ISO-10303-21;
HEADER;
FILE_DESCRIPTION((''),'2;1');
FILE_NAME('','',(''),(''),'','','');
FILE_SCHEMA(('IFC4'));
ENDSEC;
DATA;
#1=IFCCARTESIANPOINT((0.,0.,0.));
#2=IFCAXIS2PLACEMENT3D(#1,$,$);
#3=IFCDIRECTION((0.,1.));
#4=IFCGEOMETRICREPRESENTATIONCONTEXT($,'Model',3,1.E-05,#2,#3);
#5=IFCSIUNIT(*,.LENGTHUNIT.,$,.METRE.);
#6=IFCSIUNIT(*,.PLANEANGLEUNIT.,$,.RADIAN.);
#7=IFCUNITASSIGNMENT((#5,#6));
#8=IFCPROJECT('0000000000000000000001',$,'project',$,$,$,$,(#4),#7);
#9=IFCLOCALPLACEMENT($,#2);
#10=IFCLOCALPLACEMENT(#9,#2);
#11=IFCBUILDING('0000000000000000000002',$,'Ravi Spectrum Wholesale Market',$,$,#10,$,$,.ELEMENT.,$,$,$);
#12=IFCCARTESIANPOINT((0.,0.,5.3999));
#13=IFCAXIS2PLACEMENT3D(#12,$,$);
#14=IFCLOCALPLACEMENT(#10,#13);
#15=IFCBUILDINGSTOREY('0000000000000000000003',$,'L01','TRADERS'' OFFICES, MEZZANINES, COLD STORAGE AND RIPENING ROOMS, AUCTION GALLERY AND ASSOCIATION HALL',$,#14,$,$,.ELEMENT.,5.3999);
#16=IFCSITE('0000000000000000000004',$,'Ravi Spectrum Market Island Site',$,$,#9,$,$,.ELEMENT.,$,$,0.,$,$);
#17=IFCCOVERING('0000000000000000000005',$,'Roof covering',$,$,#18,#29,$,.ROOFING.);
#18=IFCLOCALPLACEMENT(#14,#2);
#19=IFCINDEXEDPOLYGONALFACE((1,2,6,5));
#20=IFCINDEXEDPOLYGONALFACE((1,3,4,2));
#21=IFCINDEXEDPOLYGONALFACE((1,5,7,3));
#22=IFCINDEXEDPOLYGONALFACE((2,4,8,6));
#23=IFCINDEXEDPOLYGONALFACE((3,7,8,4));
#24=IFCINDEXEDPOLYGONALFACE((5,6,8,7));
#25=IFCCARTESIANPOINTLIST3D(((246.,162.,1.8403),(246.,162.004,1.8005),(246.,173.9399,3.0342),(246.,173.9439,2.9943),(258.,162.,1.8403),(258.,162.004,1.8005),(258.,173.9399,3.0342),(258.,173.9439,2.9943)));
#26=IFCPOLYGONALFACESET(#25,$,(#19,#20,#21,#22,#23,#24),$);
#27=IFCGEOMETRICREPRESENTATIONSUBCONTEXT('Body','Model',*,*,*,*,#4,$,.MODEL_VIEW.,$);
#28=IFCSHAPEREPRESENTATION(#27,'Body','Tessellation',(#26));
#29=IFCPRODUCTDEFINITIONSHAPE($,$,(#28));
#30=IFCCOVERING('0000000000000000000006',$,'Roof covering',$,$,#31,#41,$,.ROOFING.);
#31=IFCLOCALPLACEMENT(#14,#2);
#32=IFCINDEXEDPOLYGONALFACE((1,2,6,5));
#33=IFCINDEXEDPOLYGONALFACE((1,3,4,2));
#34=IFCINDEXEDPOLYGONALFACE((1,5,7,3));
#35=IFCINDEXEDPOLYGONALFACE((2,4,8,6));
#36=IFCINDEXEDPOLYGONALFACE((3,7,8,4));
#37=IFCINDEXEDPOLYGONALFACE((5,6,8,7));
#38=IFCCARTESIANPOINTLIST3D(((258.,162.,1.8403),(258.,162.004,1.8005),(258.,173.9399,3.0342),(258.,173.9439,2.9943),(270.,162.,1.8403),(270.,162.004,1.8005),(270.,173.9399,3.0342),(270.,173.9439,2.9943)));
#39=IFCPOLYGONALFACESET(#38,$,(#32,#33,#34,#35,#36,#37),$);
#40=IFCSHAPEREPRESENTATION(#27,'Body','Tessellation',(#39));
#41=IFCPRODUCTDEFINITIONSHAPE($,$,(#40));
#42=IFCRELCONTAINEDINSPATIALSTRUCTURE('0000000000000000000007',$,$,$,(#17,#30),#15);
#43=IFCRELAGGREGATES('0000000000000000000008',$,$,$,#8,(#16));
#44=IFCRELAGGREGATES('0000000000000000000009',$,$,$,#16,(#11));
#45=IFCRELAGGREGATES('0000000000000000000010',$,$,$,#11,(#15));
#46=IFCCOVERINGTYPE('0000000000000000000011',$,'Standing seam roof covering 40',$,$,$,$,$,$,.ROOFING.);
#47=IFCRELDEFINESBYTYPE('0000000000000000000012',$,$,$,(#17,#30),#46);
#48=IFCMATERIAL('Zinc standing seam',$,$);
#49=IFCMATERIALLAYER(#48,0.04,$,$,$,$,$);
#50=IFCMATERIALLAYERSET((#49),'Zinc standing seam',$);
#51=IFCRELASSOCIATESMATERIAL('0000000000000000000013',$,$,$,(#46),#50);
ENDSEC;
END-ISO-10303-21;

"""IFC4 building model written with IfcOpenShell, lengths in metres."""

from ifc_helpers import new_model, si_unit, direction, frame, origin, place, context, subcontext, project, spatial, polyline, outline, extrude, material, layer, layer_set, type_object, element, save


model = new_model("IFC4")

# Units and contexts
model_context = context("Model", 3, precision=1e-05, world=origin(), true_north=direction((0.0, 1.0)))
body_context = subcontext(model_context, "Body", "Model", "MODEL_VIEW")
ifc_project = project(units=[si_unit("LENGTHUNIT", "METRE"), si_unit("PLANEANGLEUNIT", "RADIAN")], contexts=[model_context])

# Site, building, storey
site_placement = place(None, origin())
site = spatial("IfcSite", under=ifc_project, at=site_placement, Name="Ravi Spectrum Market Island Site", CompositionType="ELEMENT", RefElevation=0.0)
building_placement = place(site_placement, origin())
building = spatial("IfcBuilding", under=site, at=building_placement, Name="Ravi Spectrum Wholesale Market", CompositionType="ELEMENT")
storey_placement = place(building_placement, frame((0.0, 0.0, 5.3999)))
storey = spatial("IfcBuildingStorey", under=building, at=storey_placement, Name="L01", Description="TRADERS' OFFICES, MEZZANINES, COLD STORAGE AND RIPENING ROOMS, AUCTION GALLERY AND ASSOCIATION HALL", CompositionType="ELEMENT", Elevation=5.3999)

# Coverings
ifc_material_1 = material(Name="Zinc standing seam")
ifc_layer_1 = layer(ifc_material_1, 0.04)
ifc_layer_set_1 = layer_set([ifc_layer_1], Name="Zinc standing seam")
covering_type = type_object("IfcCoveringType", Name="Standing seam roof covering 40", PredefinedType="ROOFING", material=ifc_layer_set_1)
for number, where, z_axis, x_axis, name in (
    (1, (246.0, 173.9399, 3.0342), (0.0, -0.099492, 0.995038), (1.0, 0.0, 0.0), "Roof covering"),
    (2, (258.0, 173.9399, 3.0342), (0.0, -0.099492, 0.995038), (1.0, 0.0, 0.0), "Roof covering"),
):
    element("IfcCovering", number, at=place(storey_placement, frame(where, z_axis=z_axis, x_axis=x_axis)), inside=storey, type_object=covering_type, Name=name, PredefinedType="ROOFING", context=body_context, shape_type="SweptSolid", body=[
        extrude(outline(polyline([(0.0, 0.0), (12.0, 0.0), (12.0, -11.9995), (0.0, -11.9995), (0.0, 0.0)])), origin(), (0.0, 0.0, -1.0), 0.04),
    ])

save(model, "model.ifc")
